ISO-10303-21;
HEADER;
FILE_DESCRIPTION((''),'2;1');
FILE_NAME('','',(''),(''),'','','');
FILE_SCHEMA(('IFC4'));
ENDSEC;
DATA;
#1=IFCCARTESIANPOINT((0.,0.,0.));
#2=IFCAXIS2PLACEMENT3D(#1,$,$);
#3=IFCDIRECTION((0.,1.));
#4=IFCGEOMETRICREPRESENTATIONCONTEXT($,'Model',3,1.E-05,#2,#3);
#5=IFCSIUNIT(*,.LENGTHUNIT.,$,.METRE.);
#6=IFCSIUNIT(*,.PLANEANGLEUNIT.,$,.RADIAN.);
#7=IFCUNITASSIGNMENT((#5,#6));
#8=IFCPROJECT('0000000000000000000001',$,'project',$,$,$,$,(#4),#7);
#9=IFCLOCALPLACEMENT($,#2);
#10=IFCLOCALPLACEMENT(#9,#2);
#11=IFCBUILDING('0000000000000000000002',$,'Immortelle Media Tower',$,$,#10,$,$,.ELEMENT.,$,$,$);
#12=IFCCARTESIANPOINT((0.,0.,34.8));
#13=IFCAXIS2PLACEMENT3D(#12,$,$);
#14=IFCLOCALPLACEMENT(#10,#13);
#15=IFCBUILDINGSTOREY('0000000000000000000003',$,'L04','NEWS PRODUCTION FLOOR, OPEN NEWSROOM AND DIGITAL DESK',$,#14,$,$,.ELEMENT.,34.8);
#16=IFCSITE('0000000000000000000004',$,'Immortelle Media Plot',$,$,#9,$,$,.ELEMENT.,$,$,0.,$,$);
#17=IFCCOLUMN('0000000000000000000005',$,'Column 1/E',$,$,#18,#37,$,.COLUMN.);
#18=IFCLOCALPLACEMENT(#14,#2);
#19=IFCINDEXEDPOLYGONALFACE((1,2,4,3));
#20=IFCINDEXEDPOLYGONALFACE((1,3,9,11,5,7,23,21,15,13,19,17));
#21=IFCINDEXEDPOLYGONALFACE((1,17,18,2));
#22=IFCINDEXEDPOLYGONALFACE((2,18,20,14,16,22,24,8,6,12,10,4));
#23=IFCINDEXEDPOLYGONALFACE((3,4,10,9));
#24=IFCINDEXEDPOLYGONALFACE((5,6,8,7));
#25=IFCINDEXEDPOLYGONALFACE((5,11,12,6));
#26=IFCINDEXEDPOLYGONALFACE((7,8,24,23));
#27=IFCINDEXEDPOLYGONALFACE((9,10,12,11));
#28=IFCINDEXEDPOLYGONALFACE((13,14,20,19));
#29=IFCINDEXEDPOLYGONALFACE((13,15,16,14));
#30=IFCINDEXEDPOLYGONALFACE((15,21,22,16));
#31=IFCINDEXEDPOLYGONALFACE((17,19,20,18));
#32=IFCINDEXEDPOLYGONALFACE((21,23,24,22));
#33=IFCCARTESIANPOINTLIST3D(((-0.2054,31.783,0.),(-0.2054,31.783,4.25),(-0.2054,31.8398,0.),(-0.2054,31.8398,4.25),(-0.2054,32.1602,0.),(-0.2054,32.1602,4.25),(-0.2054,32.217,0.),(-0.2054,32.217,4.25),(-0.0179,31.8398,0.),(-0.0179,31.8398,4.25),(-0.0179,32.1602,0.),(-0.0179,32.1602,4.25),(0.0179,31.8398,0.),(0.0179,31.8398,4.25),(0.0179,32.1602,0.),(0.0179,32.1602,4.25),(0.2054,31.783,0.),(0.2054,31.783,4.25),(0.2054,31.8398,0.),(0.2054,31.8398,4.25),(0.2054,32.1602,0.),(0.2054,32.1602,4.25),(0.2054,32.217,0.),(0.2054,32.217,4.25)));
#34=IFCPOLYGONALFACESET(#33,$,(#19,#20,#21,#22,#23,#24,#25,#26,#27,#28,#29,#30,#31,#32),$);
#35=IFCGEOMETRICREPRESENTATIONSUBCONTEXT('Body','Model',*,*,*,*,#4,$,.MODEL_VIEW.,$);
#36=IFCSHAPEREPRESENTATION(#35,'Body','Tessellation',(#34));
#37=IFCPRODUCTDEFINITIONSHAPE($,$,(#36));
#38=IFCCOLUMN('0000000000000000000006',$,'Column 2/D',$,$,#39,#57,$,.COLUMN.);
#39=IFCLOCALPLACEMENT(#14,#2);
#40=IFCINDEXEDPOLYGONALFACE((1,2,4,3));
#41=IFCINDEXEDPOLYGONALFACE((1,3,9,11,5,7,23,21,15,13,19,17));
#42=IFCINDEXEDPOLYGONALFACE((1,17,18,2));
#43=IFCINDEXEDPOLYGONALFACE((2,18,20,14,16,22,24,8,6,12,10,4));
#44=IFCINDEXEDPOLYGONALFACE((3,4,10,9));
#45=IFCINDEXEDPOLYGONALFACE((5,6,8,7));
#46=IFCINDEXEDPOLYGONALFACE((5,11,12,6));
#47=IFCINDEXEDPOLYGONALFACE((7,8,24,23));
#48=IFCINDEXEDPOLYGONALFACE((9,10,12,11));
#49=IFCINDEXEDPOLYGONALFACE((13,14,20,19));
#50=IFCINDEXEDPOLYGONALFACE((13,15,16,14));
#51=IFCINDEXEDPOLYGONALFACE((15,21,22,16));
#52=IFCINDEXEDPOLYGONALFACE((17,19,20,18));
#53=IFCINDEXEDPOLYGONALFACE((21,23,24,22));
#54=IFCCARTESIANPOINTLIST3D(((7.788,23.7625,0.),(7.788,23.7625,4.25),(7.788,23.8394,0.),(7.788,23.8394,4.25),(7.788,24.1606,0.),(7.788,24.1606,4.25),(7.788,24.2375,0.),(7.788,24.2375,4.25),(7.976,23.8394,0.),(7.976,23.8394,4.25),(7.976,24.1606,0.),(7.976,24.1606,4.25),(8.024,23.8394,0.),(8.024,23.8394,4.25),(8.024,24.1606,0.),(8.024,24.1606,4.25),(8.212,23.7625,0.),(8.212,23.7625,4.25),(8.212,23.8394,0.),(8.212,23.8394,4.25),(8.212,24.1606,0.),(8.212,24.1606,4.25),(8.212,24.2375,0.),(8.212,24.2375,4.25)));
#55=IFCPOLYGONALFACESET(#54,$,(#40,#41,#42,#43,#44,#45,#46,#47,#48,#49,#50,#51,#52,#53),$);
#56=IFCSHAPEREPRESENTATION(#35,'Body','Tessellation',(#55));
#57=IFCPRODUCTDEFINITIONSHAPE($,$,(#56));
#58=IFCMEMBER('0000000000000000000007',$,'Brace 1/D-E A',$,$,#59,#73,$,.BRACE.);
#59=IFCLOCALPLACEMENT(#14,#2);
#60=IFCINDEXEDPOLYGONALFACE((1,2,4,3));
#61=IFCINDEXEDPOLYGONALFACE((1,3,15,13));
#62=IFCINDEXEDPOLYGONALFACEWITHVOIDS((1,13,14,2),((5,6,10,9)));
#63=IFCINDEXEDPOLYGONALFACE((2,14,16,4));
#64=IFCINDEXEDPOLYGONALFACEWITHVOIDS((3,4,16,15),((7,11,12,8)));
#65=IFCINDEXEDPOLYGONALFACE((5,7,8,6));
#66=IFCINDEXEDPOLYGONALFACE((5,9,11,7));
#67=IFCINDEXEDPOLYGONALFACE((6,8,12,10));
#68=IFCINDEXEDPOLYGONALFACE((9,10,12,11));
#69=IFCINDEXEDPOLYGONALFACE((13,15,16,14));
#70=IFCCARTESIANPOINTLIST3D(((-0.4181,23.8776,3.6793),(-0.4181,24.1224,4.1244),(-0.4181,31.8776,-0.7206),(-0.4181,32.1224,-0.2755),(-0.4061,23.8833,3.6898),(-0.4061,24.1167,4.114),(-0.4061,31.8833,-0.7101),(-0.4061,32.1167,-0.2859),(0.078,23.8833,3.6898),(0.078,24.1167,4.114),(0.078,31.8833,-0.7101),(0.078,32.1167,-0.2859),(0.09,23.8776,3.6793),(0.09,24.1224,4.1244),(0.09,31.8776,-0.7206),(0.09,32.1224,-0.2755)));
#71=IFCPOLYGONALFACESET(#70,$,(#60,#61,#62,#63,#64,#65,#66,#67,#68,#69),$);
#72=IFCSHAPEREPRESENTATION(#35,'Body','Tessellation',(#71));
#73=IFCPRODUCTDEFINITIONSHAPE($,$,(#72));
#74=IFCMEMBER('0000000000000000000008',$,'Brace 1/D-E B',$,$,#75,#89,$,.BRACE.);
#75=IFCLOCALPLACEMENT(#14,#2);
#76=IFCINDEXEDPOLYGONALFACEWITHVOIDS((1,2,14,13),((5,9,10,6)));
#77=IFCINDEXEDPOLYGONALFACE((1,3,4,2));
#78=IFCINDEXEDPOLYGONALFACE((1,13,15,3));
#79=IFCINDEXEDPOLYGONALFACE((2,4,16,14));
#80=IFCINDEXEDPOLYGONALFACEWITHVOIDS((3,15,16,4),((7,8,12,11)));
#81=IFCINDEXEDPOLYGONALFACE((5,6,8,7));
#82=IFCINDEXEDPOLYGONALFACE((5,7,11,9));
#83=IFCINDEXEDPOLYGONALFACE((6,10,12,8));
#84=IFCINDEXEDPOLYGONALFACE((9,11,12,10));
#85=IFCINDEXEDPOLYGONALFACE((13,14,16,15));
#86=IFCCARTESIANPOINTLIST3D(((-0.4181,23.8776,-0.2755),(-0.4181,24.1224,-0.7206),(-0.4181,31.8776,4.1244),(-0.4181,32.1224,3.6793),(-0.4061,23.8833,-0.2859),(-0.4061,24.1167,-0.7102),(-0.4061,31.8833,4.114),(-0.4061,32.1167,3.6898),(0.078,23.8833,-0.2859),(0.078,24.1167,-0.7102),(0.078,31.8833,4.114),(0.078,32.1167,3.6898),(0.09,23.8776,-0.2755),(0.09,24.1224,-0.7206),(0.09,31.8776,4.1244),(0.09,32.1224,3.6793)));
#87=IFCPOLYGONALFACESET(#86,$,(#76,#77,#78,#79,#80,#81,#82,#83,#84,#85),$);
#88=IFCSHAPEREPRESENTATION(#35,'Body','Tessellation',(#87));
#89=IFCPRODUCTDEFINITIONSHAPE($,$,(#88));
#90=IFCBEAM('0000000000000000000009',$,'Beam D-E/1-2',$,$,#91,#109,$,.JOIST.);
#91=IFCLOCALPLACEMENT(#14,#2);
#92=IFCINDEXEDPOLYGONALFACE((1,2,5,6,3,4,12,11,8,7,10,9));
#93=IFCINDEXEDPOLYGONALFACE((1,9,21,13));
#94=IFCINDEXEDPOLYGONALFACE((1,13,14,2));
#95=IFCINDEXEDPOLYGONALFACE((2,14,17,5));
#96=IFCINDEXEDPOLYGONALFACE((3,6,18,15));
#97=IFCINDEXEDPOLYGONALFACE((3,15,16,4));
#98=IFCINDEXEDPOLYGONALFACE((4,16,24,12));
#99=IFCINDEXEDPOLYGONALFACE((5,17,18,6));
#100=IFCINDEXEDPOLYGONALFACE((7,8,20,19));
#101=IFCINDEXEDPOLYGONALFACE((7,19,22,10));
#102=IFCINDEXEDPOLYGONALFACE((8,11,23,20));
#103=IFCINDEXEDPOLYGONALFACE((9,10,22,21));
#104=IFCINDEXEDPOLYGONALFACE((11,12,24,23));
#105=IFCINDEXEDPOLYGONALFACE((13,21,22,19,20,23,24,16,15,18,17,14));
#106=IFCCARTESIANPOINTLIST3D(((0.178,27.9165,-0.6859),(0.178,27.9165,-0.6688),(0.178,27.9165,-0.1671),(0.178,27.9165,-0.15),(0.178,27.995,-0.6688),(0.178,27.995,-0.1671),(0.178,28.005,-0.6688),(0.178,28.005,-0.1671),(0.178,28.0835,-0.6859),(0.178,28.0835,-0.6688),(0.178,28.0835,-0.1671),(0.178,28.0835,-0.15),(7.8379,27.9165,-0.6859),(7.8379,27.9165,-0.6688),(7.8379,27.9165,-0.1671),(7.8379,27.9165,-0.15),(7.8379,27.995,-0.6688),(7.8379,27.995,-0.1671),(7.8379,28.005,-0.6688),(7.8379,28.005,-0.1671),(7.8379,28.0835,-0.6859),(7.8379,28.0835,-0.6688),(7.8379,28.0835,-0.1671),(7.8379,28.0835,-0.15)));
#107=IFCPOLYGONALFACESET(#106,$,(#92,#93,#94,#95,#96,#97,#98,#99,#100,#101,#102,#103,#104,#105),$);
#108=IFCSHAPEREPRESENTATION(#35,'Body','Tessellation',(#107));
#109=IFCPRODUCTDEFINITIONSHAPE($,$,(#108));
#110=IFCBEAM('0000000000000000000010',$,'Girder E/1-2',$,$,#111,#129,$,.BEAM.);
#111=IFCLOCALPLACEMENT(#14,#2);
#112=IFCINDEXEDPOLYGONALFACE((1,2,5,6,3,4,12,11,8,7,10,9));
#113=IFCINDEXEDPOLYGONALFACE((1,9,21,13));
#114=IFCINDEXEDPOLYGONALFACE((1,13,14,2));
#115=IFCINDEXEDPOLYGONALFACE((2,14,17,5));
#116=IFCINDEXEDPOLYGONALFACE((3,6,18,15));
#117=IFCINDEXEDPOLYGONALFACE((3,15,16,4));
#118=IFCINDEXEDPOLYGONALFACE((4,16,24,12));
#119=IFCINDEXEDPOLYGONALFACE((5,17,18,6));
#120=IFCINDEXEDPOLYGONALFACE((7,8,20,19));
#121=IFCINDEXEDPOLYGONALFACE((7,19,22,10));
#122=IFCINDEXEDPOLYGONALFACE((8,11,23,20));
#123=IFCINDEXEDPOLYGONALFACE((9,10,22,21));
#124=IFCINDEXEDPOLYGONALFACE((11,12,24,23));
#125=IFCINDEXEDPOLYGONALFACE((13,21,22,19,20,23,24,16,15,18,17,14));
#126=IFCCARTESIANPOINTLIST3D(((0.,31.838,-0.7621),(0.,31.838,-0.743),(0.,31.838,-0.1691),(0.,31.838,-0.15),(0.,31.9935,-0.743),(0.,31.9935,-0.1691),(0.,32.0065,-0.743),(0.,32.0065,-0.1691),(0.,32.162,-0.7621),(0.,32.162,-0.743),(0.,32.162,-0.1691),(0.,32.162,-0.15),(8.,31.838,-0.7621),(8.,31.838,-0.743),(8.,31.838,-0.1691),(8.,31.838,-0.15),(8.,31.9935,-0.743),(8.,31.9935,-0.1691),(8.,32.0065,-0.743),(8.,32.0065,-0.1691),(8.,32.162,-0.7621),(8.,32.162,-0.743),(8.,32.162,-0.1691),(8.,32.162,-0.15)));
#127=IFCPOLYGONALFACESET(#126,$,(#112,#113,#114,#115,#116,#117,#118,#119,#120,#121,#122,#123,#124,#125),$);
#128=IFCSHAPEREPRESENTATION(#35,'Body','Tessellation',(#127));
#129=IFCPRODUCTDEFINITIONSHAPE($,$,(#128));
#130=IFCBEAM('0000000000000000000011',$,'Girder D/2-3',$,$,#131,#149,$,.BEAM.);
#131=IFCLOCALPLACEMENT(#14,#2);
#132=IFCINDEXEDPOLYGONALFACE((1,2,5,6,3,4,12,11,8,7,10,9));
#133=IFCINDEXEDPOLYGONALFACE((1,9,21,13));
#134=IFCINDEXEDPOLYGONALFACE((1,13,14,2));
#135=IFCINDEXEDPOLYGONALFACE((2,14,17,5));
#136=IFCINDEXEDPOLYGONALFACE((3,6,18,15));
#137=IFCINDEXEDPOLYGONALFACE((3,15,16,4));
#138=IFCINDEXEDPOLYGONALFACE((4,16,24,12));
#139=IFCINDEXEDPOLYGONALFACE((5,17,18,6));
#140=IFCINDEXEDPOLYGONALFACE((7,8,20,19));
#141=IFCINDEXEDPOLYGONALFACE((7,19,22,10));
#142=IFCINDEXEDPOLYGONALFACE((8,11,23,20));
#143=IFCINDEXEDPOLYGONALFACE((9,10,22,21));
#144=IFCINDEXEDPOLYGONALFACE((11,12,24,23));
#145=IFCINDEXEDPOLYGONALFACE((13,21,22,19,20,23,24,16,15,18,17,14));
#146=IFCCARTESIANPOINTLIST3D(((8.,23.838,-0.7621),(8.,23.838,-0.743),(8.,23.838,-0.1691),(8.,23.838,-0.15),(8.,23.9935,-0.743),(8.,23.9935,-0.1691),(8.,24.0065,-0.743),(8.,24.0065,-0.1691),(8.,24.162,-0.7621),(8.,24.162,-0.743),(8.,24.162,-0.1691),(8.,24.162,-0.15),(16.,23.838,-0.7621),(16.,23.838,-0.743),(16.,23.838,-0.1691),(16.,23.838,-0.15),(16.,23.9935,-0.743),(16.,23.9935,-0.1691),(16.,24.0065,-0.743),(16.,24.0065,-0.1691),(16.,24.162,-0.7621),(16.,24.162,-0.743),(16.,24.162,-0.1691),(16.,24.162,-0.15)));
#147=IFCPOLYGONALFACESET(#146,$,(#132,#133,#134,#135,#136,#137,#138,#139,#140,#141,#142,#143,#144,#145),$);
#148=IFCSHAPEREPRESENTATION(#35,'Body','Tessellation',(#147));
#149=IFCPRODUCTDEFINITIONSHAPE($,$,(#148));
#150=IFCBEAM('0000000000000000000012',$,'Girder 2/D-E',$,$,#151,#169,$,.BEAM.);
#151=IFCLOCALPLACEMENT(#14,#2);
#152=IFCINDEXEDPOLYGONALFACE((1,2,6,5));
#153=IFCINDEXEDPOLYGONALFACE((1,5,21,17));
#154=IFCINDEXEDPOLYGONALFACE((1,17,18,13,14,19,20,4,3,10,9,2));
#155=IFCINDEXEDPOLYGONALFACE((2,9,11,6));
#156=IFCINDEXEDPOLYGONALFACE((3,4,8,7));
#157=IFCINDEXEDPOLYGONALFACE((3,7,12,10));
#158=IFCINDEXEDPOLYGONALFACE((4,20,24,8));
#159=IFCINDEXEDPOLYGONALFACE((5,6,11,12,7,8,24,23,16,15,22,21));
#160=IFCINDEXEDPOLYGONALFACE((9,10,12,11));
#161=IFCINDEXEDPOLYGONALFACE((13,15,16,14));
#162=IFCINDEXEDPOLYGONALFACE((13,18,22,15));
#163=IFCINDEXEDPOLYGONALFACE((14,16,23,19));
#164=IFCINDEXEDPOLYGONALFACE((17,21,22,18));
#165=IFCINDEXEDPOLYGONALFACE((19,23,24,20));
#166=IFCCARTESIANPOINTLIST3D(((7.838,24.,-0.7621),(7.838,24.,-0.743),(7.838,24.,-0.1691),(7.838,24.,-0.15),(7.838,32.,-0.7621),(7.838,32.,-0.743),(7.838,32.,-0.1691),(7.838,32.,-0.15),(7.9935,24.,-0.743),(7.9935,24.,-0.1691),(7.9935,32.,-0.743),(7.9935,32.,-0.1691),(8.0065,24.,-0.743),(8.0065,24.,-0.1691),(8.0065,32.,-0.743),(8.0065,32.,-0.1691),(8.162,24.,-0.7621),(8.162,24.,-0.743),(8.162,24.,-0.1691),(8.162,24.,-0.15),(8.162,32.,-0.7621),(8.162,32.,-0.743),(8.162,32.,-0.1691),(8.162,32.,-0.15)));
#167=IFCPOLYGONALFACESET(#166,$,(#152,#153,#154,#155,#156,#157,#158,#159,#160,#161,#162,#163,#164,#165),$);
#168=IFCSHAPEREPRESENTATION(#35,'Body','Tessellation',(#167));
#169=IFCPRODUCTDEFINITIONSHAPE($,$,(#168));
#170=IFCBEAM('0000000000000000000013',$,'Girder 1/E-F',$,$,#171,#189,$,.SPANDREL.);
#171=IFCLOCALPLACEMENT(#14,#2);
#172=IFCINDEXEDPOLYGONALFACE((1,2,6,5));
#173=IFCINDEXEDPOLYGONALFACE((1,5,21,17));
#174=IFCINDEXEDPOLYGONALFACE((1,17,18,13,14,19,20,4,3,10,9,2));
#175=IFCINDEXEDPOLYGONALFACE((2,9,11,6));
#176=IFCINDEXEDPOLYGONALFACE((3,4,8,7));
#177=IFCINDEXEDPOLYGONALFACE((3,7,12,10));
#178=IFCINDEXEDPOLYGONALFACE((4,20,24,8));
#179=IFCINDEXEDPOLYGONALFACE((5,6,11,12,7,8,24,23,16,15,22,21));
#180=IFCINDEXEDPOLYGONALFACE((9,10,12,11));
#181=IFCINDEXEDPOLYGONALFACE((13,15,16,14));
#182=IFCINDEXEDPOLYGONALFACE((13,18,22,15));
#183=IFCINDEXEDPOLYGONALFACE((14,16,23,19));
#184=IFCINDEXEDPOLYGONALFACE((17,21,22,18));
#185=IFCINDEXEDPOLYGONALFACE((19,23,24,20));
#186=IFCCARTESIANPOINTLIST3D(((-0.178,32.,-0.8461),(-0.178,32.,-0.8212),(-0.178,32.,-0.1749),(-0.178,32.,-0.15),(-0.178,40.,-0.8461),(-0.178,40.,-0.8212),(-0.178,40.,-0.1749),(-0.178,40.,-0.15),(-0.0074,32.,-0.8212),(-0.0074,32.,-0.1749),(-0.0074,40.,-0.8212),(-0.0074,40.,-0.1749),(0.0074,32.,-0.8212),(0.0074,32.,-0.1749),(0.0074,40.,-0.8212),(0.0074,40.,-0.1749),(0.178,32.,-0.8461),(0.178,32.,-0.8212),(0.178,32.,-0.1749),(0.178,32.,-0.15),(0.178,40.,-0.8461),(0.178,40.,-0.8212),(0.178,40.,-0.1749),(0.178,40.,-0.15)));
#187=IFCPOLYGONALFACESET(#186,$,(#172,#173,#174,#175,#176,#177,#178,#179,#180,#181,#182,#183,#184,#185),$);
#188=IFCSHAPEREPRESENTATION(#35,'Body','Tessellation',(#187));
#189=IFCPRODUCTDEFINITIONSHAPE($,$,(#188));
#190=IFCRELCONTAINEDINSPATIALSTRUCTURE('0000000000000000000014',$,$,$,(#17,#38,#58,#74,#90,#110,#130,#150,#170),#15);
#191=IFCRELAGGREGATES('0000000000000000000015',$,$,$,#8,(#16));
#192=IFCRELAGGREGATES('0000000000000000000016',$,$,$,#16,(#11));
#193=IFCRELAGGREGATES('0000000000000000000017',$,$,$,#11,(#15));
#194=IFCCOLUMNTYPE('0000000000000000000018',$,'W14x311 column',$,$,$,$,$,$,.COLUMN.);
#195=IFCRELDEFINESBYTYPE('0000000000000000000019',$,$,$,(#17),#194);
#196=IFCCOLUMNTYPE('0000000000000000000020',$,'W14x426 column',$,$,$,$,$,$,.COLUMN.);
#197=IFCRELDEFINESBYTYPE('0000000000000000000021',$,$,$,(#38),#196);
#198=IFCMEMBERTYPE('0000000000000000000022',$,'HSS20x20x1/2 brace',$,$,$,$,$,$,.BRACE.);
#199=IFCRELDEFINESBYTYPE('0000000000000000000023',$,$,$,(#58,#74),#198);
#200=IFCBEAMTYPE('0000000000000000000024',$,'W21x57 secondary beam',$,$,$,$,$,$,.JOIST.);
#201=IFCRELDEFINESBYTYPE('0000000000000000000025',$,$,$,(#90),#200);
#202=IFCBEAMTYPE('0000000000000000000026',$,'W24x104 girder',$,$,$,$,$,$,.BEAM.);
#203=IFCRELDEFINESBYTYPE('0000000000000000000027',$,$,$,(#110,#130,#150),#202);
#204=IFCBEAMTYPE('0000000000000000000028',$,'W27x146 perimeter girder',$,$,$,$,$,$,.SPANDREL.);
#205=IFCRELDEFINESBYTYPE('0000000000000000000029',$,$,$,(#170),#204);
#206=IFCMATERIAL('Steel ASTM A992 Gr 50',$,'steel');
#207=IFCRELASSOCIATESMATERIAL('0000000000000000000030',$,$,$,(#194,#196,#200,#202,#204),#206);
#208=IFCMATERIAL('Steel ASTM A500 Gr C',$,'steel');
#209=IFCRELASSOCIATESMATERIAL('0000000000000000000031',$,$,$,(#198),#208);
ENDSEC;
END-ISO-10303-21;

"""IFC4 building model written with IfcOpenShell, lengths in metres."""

from ifc_helpers import new_model, si_unit, direction, frame, origin, origin_2d, place, context, subcontext, project, spatial, hollow_rectangle, i_section, extrude, material, material_profile, profile_set, type_object, element, save


model = new_model("IFC4")

# Units and contexts
model_context = context("Model", 3, precision=1e-05, world=origin(), true_north=direction((0.0, 1.0)))
body_context = subcontext(model_context, "Body", "Model", "MODEL_VIEW")
ifc_project = project(units=[si_unit("LENGTHUNIT", "METRE"), si_unit("PLANEANGLEUNIT", "RADIAN")], contexts=[model_context])

# Site, building, storey
site_placement = place(None, origin())
site = spatial("IfcSite", under=ifc_project, at=site_placement, Name="Immortelle Media Plot", CompositionType="ELEMENT", RefElevation=0.0)
building_placement = place(site_placement, origin())
building = spatial("IfcBuilding", under=site, at=building_placement, Name="Immortelle Media Tower", CompositionType="ELEMENT")
storey_placement = place(building_placement, frame((0.0, 0.0, 34.8)))
storey = spatial("IfcBuildingStorey", under=building, at=storey_placement, Name="L04", Description="NEWS PRODUCTION FLOOR, OPEN NEWSROOM AND DIGITAL DESK", CompositionType="ELEMENT", Elevation=34.8)

# Columns
ifc_material_1 = material(Name="Steel ASTM A992 Gr 50", Category="steel")
ifc_material_profile_1 = material_profile(ifc_material_1, i_section(OverallWidth=0.4109, OverallDepth=0.4341, WebThickness=0.0359, FlangeThickness=0.0569, at=origin_2d()), Name="W14x311")
ifc_profile_set_1 = profile_set([ifc_material_profile_1], Name="Steel ASTM A992 Gr 50")
column_type_1 = type_object("IfcColumnType", Name="W14x311 column", PredefinedType="COLUMN", material=ifc_profile_set_1)
column_1_placement = place(storey_placement, frame((0.0, 32.0, 0.0), z_axis=(0.0, 0.0, 1.0), x_axis=(1.0, 0.0, 0.0)))
element("IfcColumn", 1, at=column_1_placement, inside=storey, type_object=column_type_1, Name="Column 1/E", PredefinedType="COLUMN", context=body_context, shape_type="SweptSolid", body=[
    extrude(i_section(OverallWidth=0.4109, OverallDepth=0.4341, WebThickness=0.0359, FlangeThickness=0.0569, at=origin_2d()), origin(), (0.0, 0.0, 1.0), 4.25),
])
ifc_material_profile_2 = material_profile(ifc_material_1, i_section(OverallWidth=0.4241, OverallDepth=0.4751, WebThickness=0.0481, FlangeThickness=0.0769, at=origin_2d()), Name="W14x426")
ifc_profile_set_2 = profile_set([ifc_material_profile_2], Name="Steel ASTM A992 Gr 50")
column_type_2 = type_object("IfcColumnType", Name="W14x426 column", PredefinedType="COLUMN", material=ifc_profile_set_2)
column_2_placement = place(storey_placement, frame((8.0, 24.0, 0.0), z_axis=(0.0, 0.0, 1.0), x_axis=(1.0, 0.0, 0.0)))
element("IfcColumn", 2, at=column_2_placement, inside=storey, type_object=column_type_2, Name="Column 2/D", PredefinedType="COLUMN", context=body_context, shape_type="SweptSolid", body=[
    extrude(i_section(OverallWidth=0.4241, OverallDepth=0.4751, WebThickness=0.0481, FlangeThickness=0.0769, at=origin_2d()), origin(), (0.0, 0.0, 1.0), 4.25),
])

# Members
ifc_material_2 = material(Name="Steel ASTM A500 Gr C", Category="steel")
ifc_material_profile_3 = material_profile(ifc_material_2, hollow_rectangle(XDim=0.5081, YDim=0.5081, WallThickness=0.012, at=origin_2d()), Name="HSS20x20x1/2 brace")
ifc_profile_set_3 = profile_set([ifc_material_profile_3], Name="Steel ASTM A500 Gr C")
member_type = type_object("IfcMemberType", Name="HSS20x20x1/2 brace", PredefinedType="BRACE", material=ifc_profile_set_3)
for number, where, z_axis, x_axis, name in (
    (3, (-0.1641, 32.0, -0.498), (0.0, -0.87622, 0.481911), (1.0, 0.0, 0.0), "Brace 1/D-E A"),
    (4, (-0.1641, 32.0, 3.9019), (0.0, -0.87622, -0.481911), (1.0, 0.0, 0.0), "Brace 1/D-E B"),
):
    element("IfcMember", number, at=place(storey_placement, frame(where, z_axis=z_axis, x_axis=x_axis)), inside=storey, type_object=member_type, Name=name, PredefinedType="BRACE", context=body_context, shape_type="SweptSolid", body=[
        extrude(hollow_rectangle(XDim=0.5081, YDim=0.5081, WallThickness=0.012, at=origin_2d()), origin(), (0.0, 0.0, 1.0), 9.1301),
    ])

# Beams
ifc_material_profile_4 = material_profile(ifc_material_1, i_section(OverallWidth=0.167, OverallDepth=0.5359, WebThickness=0.01, FlangeThickness=0.0171, at=origin_2d()), Name="W21x57")
ifc_profile_set_4 = profile_set([ifc_material_profile_4], Name="Steel ASTM A992 Gr 50")
beam_type_1 = type_object("IfcBeamType", Name="W21x57 secondary beam", PredefinedType="JOIST", material=ifc_profile_set_4)
beam_1_placement = place(storey_placement, frame((0.178, 28.0, -0.418), z_axis=(1.0, 0.0, 0.0), x_axis=(0.0, 1.0, 0.0)))
element("IfcBeam", 5, at=beam_1_placement, inside=storey, type_object=beam_type_1, Name="Beam D-E/1-2", PredefinedType="JOIST", context=body_context, shape_type="SweptSolid", body=[
    extrude(i_section(OverallWidth=0.167, OverallDepth=0.5359, WebThickness=0.01, FlangeThickness=0.0171, at=origin_2d()), origin(), (0.0, 0.0, 1.0), 7.6599),
])
ifc_material_profile_5 = material_profile(ifc_material_1, i_section(OverallWidth=0.324, OverallDepth=0.6121, WebThickness=0.0129, FlangeThickness=0.019, at=origin_2d()), Name="W24x104")
ifc_profile_set_5 = profile_set([ifc_material_profile_5], Name="Steel ASTM A992 Gr 50")
beam_type_2 = type_object("IfcBeamType", Name="W24x104 girder", PredefinedType="BEAM", material=ifc_profile_set_5)
for number, where, z_axis, x_axis, name in (
    (6, (0.0, 32.0, -0.4561), (1.0, 0.0, 0.0), (0.0, 1.0, 0.0), "Girder E/1-2"),
    (7, (8.0, 24.0, -0.4561), (1.0, 0.0, 0.0), (0.0, 1.0, 0.0), "Girder D/2-3"),
    (8, (8.0, 24.0, -0.4561), (0.0, 1.0, 0.0), (-1.0, 0.0, 0.0), "Girder 2/D-E"),
):
    element("IfcBeam", number, at=place(storey_placement, frame(where, z_axis=z_axis, x_axis=x_axis)), inside=storey, type_object=beam_type_2, Name=name, PredefinedType="BEAM", context=body_context, shape_type="SweptSolid", body=[
        extrude(i_section(OverallWidth=0.324, OverallDepth=0.6121, WebThickness=0.0129, FlangeThickness=0.019, at=origin_2d()), origin(), (0.0, 0.0, 1.0), 8.0),
    ])
ifc_material_profile_6 = material_profile(ifc_material_1, i_section(OverallWidth=0.356, OverallDepth=0.696, WebThickness=0.0149, FlangeThickness=0.0249, at=origin_2d()), Name="W27x146")
ifc_profile_set_6 = profile_set([ifc_material_profile_6], Name="Steel ASTM A992 Gr 50")
beam_type_3 = type_object("IfcBeamType", Name="W27x146 perimeter girder", PredefinedType="SPANDREL", material=ifc_profile_set_6)
beam_2_placement = place(storey_placement, frame((0.0, 32.0, -0.498), z_axis=(0.0, 1.0, 0.0), x_axis=(-1.0, 0.0, 0.0)))
element("IfcBeam", 9, at=beam_2_placement, inside=storey, type_object=beam_type_3, Name="Girder 1/E-F", PredefinedType="SPANDREL", context=body_context, shape_type="SweptSolid", body=[
    extrude(i_section(OverallWidth=0.356, OverallDepth=0.696, WebThickness=0.0149, FlangeThickness=0.0249, at=origin_2d()), origin(), (0.0, 0.0, 1.0), 8.0),
])

save(model, "model.ifc")
